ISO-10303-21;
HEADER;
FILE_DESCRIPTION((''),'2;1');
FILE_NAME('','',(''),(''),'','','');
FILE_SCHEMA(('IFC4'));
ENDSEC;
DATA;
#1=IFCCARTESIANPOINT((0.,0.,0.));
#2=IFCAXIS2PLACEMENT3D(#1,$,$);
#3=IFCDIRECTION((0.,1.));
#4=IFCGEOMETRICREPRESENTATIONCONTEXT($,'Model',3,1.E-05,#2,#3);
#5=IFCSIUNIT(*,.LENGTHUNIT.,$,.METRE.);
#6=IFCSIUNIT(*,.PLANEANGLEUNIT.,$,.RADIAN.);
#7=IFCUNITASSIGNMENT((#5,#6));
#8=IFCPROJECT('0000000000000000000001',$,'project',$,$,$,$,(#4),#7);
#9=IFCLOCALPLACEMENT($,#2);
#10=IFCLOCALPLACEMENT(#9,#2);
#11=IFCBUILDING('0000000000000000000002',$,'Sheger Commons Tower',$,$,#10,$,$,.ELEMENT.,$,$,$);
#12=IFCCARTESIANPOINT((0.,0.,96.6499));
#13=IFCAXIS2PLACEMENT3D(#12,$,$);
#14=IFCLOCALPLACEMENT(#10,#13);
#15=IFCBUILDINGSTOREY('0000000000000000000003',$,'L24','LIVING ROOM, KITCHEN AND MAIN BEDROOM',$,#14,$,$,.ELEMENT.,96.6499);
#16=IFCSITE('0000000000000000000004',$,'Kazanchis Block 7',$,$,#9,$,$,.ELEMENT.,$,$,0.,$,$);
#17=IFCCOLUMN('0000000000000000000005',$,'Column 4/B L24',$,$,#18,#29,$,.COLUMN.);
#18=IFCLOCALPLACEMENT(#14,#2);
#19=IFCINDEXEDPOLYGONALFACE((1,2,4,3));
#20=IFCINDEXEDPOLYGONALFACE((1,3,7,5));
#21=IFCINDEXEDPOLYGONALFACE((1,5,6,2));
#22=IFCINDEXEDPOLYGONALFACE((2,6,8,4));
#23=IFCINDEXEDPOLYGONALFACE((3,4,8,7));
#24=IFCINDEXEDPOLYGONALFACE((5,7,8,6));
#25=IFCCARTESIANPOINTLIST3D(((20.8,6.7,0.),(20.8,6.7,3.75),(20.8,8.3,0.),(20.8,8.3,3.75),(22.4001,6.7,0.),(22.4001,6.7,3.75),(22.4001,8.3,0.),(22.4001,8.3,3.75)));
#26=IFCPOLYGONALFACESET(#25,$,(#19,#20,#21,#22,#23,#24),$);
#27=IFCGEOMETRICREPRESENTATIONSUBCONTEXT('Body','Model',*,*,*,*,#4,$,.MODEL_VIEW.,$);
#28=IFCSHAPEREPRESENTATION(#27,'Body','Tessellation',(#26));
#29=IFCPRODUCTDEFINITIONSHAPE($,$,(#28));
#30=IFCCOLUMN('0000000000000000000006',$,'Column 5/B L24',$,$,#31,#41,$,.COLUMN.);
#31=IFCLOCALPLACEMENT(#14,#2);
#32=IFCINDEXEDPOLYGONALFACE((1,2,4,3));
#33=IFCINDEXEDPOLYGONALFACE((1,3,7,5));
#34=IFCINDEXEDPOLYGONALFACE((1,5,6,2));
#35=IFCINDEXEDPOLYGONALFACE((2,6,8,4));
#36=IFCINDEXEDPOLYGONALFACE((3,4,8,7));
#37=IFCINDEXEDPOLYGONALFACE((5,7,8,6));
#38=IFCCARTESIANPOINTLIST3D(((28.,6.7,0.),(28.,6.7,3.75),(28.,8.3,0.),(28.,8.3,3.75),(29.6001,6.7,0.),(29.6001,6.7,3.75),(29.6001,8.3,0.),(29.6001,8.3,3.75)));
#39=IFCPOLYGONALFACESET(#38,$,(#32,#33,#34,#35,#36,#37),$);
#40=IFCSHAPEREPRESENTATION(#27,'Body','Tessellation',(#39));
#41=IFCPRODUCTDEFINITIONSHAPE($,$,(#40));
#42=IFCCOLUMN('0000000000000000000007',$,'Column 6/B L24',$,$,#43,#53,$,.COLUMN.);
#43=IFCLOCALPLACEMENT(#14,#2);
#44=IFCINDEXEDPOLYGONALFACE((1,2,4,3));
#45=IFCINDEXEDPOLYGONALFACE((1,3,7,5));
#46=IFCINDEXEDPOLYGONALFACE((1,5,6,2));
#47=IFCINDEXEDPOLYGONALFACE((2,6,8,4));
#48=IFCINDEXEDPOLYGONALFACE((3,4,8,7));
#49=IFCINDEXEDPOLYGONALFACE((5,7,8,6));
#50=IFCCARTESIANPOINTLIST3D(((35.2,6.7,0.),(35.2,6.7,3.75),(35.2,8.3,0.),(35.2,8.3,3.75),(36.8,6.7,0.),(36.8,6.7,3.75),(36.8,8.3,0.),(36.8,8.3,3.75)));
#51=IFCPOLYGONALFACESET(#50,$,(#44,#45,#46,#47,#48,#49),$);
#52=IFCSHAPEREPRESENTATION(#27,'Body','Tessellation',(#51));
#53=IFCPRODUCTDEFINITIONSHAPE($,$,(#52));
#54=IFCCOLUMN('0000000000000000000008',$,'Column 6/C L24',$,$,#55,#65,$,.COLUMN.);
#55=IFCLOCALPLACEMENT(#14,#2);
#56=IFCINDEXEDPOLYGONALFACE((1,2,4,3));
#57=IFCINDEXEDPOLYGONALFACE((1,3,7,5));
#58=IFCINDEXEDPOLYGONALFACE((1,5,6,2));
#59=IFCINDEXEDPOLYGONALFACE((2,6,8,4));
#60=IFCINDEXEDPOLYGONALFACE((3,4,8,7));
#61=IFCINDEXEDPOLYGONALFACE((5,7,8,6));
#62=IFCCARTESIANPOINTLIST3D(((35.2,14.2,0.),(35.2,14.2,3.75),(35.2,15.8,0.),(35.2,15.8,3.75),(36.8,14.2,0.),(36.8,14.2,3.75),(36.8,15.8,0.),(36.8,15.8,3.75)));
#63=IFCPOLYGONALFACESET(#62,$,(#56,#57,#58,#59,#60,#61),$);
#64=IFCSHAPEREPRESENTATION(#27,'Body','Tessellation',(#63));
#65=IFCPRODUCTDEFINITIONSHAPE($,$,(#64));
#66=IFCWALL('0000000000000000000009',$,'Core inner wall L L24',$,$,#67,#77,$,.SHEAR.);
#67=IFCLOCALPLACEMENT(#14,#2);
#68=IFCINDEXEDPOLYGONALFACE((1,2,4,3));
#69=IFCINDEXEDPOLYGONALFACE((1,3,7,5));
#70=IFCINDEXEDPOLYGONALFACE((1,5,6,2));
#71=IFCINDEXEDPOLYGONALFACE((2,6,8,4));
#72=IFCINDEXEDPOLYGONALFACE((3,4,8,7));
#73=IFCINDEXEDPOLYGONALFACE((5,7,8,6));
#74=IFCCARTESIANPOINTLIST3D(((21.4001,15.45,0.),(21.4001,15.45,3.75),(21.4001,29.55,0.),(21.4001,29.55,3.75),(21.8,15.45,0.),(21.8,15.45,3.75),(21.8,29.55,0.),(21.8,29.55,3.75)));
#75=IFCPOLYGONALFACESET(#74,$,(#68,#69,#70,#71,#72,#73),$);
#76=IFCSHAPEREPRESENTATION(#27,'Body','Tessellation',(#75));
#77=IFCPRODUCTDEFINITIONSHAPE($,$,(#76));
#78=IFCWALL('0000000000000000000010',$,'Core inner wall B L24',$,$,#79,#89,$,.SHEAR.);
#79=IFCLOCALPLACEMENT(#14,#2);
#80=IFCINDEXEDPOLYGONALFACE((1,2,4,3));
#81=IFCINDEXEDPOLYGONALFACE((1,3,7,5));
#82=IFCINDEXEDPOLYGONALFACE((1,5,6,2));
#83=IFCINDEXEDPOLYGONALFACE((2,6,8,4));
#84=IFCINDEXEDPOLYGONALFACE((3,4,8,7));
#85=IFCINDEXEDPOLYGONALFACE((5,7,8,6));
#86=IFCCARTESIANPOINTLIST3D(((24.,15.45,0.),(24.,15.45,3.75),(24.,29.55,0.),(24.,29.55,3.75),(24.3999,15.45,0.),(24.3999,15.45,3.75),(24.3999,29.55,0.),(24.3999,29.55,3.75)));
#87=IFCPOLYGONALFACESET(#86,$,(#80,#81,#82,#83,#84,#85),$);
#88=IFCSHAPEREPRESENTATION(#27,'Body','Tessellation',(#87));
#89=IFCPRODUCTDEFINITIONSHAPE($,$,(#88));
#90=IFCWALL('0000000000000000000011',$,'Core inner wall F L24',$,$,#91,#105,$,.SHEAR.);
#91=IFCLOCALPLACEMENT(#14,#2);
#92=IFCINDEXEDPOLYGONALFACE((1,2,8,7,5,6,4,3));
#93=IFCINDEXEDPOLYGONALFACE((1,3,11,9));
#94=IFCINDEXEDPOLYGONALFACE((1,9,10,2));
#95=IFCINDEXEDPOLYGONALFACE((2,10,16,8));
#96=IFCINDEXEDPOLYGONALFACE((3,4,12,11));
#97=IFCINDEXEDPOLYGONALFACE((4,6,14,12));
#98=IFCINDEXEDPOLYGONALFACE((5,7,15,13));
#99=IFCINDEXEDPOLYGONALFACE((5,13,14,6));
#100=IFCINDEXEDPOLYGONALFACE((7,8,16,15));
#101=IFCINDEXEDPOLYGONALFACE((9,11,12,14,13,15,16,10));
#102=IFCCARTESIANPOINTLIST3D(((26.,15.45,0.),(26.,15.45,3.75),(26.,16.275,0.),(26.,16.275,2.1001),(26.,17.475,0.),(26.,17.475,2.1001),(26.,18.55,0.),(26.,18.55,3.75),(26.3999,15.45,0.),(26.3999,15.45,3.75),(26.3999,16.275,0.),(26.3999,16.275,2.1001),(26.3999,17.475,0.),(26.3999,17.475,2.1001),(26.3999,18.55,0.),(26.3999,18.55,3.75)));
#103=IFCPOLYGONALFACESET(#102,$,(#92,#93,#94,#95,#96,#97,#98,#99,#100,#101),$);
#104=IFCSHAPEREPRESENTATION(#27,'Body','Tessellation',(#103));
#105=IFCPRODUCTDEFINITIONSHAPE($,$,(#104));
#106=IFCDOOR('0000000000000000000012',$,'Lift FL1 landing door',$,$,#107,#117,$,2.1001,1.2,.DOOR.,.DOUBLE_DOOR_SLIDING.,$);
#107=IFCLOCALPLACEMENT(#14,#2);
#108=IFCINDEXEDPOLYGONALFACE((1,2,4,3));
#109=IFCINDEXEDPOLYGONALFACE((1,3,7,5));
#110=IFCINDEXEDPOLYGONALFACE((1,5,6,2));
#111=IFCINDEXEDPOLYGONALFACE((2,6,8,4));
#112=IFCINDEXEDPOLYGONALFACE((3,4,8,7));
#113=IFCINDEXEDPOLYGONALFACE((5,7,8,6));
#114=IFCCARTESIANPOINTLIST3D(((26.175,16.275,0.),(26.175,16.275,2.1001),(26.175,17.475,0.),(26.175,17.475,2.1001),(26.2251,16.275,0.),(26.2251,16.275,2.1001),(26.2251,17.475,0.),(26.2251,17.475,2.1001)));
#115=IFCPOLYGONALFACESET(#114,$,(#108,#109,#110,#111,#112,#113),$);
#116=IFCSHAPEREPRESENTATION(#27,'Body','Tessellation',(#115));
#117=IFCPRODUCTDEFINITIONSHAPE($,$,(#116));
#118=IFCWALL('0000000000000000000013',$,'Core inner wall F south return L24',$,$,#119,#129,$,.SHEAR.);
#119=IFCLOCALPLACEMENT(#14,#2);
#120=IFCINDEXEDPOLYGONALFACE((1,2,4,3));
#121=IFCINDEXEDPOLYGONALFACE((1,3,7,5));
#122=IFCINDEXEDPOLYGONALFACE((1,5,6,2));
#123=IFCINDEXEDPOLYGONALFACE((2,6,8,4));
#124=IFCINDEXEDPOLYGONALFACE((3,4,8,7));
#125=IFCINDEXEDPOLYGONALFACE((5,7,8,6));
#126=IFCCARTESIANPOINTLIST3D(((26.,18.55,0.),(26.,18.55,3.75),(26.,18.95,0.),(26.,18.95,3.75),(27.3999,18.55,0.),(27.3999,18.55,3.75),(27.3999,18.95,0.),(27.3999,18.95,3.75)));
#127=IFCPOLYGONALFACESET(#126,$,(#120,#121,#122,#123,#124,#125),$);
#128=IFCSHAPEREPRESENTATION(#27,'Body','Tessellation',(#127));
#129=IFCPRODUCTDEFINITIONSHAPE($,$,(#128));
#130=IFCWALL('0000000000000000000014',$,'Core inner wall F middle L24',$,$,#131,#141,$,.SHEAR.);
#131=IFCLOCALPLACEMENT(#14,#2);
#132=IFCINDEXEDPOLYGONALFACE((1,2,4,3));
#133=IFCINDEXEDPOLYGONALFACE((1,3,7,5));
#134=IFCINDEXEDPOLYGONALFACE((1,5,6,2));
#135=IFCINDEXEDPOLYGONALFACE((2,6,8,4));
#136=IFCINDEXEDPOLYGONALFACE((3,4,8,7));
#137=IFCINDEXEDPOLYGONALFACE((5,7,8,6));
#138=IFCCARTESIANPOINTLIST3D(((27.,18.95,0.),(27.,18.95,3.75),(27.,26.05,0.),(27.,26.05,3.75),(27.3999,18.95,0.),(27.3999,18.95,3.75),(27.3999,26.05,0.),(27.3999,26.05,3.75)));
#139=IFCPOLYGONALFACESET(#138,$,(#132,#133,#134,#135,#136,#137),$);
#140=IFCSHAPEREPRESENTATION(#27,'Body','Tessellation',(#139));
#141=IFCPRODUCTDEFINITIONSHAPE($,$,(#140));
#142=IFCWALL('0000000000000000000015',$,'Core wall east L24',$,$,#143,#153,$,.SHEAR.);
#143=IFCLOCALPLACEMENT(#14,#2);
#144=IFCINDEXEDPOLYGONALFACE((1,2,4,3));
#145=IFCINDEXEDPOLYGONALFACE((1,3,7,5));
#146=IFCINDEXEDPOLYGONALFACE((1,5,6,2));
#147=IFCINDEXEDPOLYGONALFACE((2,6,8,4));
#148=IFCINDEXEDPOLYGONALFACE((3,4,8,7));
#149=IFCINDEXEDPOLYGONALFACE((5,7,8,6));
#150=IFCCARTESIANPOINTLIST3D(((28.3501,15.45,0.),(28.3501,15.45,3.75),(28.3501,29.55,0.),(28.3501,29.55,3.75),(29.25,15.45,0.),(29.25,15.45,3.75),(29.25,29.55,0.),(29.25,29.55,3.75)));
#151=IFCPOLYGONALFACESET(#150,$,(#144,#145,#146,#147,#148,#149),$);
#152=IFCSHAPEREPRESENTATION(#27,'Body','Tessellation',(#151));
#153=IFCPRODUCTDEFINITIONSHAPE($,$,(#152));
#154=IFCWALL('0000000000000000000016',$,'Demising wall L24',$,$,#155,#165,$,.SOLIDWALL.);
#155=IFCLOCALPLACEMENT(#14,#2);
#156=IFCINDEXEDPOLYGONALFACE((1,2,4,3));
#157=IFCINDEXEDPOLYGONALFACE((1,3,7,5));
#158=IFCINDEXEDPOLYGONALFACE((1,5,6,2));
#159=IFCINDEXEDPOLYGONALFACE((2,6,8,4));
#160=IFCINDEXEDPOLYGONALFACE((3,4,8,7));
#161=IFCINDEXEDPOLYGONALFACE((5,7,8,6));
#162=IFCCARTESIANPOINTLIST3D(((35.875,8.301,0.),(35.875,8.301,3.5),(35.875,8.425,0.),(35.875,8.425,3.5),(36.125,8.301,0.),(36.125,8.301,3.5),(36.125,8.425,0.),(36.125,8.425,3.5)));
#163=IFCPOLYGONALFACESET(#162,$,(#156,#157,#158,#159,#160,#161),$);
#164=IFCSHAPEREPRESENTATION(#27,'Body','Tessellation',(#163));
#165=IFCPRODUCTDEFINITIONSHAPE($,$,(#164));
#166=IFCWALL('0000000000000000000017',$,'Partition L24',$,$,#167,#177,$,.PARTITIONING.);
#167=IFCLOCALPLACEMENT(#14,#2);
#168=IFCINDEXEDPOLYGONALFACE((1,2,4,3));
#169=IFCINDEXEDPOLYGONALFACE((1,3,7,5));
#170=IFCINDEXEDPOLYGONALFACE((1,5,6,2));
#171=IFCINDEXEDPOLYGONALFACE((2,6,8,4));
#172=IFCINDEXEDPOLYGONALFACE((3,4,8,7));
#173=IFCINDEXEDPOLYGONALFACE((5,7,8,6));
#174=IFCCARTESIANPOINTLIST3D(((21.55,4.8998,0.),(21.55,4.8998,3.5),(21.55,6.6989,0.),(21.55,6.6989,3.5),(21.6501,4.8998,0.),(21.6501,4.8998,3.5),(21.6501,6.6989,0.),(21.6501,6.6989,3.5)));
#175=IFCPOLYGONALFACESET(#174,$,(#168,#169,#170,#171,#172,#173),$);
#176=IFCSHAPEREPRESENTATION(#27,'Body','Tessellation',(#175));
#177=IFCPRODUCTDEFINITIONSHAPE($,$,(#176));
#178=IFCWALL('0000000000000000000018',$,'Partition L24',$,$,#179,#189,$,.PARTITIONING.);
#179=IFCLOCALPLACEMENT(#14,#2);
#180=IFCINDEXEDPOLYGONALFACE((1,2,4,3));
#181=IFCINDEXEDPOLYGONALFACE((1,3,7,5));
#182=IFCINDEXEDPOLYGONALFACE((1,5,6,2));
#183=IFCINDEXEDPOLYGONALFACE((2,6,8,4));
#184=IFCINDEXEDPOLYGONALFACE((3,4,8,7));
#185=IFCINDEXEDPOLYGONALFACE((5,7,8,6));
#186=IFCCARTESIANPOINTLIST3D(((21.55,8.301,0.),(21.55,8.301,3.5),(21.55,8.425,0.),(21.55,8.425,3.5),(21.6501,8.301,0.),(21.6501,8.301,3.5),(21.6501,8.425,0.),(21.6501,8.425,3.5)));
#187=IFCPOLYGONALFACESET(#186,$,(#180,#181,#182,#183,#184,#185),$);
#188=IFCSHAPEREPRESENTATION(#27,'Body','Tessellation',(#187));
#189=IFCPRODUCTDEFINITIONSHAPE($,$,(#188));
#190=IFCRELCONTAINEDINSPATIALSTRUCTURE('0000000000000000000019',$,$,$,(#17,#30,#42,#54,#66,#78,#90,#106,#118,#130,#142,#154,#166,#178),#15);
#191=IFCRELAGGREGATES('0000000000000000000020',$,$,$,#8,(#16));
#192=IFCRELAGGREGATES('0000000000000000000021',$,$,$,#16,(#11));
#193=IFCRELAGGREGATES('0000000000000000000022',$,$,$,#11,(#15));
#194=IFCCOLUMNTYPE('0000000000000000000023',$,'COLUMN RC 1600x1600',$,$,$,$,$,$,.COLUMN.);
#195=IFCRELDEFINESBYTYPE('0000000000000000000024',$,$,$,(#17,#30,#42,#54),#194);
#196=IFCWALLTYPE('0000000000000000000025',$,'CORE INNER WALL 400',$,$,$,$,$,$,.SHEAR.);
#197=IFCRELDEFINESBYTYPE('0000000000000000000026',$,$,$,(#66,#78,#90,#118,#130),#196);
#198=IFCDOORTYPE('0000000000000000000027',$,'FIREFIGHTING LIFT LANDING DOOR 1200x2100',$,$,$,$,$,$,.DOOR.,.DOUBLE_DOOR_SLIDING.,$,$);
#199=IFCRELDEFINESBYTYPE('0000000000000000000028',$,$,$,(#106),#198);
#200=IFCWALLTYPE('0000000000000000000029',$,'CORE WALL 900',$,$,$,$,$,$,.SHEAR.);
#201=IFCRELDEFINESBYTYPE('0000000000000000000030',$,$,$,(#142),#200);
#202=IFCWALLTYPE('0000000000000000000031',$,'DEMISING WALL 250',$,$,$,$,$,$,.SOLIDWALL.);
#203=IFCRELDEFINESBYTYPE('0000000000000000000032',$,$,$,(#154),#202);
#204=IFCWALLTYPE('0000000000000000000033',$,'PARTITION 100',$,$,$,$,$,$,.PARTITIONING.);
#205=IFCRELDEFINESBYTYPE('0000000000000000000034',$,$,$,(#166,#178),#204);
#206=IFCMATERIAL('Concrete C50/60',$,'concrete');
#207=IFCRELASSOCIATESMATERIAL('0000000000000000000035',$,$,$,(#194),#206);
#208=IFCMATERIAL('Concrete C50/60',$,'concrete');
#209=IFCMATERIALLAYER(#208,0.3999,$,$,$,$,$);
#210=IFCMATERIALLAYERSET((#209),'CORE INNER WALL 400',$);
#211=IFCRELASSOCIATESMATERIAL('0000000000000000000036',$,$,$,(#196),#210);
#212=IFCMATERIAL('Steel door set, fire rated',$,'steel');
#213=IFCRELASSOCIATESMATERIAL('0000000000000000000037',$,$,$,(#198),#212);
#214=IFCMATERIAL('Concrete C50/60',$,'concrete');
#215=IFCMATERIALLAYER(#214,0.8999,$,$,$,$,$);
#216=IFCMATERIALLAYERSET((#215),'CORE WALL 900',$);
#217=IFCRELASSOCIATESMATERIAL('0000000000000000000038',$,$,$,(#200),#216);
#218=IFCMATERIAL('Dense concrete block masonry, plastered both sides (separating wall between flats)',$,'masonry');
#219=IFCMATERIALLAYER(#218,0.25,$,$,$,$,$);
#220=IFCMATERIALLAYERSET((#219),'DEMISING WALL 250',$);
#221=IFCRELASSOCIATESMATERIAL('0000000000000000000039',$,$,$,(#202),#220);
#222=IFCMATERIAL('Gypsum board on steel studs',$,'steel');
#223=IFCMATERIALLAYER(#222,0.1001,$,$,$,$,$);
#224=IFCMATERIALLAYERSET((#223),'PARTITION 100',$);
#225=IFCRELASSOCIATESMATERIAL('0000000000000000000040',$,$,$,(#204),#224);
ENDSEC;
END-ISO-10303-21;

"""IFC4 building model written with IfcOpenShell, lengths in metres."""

from ifc_helpers import new_model, si_unit, direction, frame, frame_2d, origin, origin_2d, place, context, subcontext, project, spatial, rectangle, extrude, material, layer, layer_set, material_profile, profile_set, type_object, element, fill, save


model = new_model("IFC4")

# Units and contexts
model_context = context("Model", 3, precision=1e-05, world=origin(), true_north=direction((0.0, 1.0)))
body_context = subcontext(model_context, "Body", "Model", "MODEL_VIEW")
ifc_project = project(units=[si_unit("LENGTHUNIT", "METRE"), si_unit("PLANEANGLEUNIT", "RADIAN")], contexts=[model_context])

# Site, building, storey
site_placement = place(None, origin())
site = spatial("IfcSite", under=ifc_project, at=site_placement, Name="Kazanchis Block 7", CompositionType="ELEMENT", RefElevation=0.0)
building_placement = place(site_placement, origin())
building = spatial("IfcBuilding", under=site, at=building_placement, Name="Sheger Commons Tower", CompositionType="ELEMENT")
storey_placement = place(building_placement, frame((0.0, 0.0, 96.6499)))
storey = spatial("IfcBuildingStorey", under=building, at=storey_placement, Name="L24", Description="LIVING ROOM, KITCHEN AND MAIN BEDROOM", CompositionType="ELEMENT", Elevation=96.6499)

# Columns
ifc_material_1 = material(Name="Concrete C50/60", Category="concrete")
ifc_material_profile = material_profile(ifc_material_1, rectangle(XDim=1.6001, YDim=1.6001, at=origin_2d()), Name="RC 1600x1600")
ifc_profile_set = profile_set([ifc_material_profile], Name="Concrete C50/60")
column_type = type_object("IfcColumnType", Name="COLUMN RC 1600x1600", PredefinedType="COLUMN", material=ifc_profile_set)
for number, where, z_axis, x_axis, name in (
    (1, (21.6001, 7.5, 0.0), (0.0, 0.0, 1.0), (1.0, 0.0, 0.0), "Column 4/B L24"),
    (2, (28.8, 7.5, 0.0), (0.0, 0.0, 1.0), (1.0, 0.0, 0.0), "Column 5/B L24"),
    (3, (36.0, 7.5, 0.0), (0.0, 0.0, 1.0), (1.0, 0.0, 0.0), "Column 6/B L24"),
    (4, (36.0, 15.0, 0.0), (0.0, 0.0, 1.0), (1.0, 0.0, 0.0), "Column 6/C L24"),
):
    element("IfcColumn", number, at=place(storey_placement, frame(where, z_axis=z_axis, x_axis=x_axis)), inside=storey, type_object=column_type, Name=name, PredefinedType="COLUMN", context=body_context, shape_type="SweptSolid", body=[
        extrude(rectangle(XDim=1.6001, YDim=1.6001, at=origin_2d()), origin(), (0.0, 0.0, 1.0), 3.75),
    ])

# Walls
ifc_material_2 = material(Name="Concrete C50/60", Category="concrete")
ifc_layer_1 = layer(ifc_material_2, 0.3999)
ifc_layer_set_1 = layer_set([ifc_layer_1], Name="CORE INNER WALL 400")
wall_type_1 = type_object("IfcWallType", Name="CORE INNER WALL 400", PredefinedType="SHEAR", material=ifc_layer_set_1)
for number, where, z_axis, x_axis, name in (
    (5, (21.6001, 15.45, 0.0), (0.0, 0.0, 1.0), (0.0, 1.0, 0.0), "Core inner wall L L24"),
    (6, (24.2, 15.45, 0.0), (0.0, 0.0, 1.0), (0.0, 1.0, 0.0), "Core inner wall B L24"),
):
    element("IfcWall", number, at=place(storey_placement, frame(where, z_axis=z_axis, x_axis=x_axis)), inside=storey, type_object=wall_type_1, Name=name, PredefinedType="SHEAR", context=body_context, shape_type="SweptSolid", body=[
        extrude(rectangle(XDim=14.1001, YDim=0.3999, at=frame_2d((7.05, 0.0))), origin(), (0.0, 0.0, 1.0), 3.75),
    ])

# Wall, opening, door
wall_1_placement = place(storey_placement, frame((26.2, 15.45, 0.0), z_axis=(0.0, 0.0, 1.0), x_axis=(0.0, 1.0, 0.0)))
wall_1 = element("IfcWall", 7, at=wall_1_placement, inside=storey, type_object=wall_type_1, Name="Core inner wall F L24", PredefinedType="SHEAR", context=body_context, shape_type="SweptSolid", body=[
    extrude(rectangle(XDim=3.1001, YDim=0.3999, at=frame_2d((1.55, 0.0))), origin(), (0.0, 0.0, 1.0), 3.75),
])
opening_placement = place(wall_1_placement, frame((0.825, 0.0, 0.0)))
opening = element("IfcOpeningElement", 8, at=opening_placement, cuts=wall_1, PredefinedType="OPENING", context=body_context, shape_type="SweptSolid", body=[
    extrude(rectangle(XDim=1.2, YDim=2.1001, at=frame_2d((0.6001, 1.05))), frame((0.0, 0.21, 0.0), z_axis=(0.0, -1.0, 0.0), x_axis=(1.0, 0.0, 0.0)), (0.0, 0.0, 1.0), 0.4199),
])
ifc_material_3 = material(Name="Steel door set, fire rated", Category="steel")
door_type = type_object("IfcDoorType", Name="FIREFIGHTING LIFT LANDING DOOR 1200x2100", OperationType="DOUBLE_DOOR_SLIDING", PredefinedType="DOOR", material=ifc_material_3)
door_placement = place(opening_placement, origin())
door = element("IfcDoor", 9, at=door_placement, inside=storey, type_object=door_type, Name="Lift FL1 landing door", OperationType="DOUBLE_DOOR_SLIDING", OverallHeight=2.1001, OverallWidth=1.2, PredefinedType="DOOR", context=body_context, shape_type="SweptSolid", body=[
    extrude(rectangle(XDim=1.2, YDim=2.1001, at=frame_2d((0.6001, 1.05))), frame((0.0, 0.0249, 0.0), z_axis=(0.0, -1.0, 0.0), x_axis=(1.0, 0.0, 0.0)), (0.0, 0.0, 1.0), 0.05),
])
fill(opening, door)

# Walls
wall_2_placement = place(storey_placement, frame((26.0, 18.75, 0.0), z_axis=(0.0, 0.0, 1.0), x_axis=(1.0, 0.0, 0.0)))
element("IfcWall", 10, at=wall_2_placement, inside=storey, type_object=wall_type_1, Name="Core inner wall F south return L24", PredefinedType="SHEAR", context=body_context, shape_type="SweptSolid", body=[
    extrude(rectangle(XDim=1.3999, YDim=0.3999, at=frame_2d((0.7, 0.0))), origin(), (0.0, 0.0, 1.0), 3.75),
])
wall_3_placement = place(storey_placement, frame((27.2, 18.95, 0.0), z_axis=(0.0, 0.0, 1.0), x_axis=(0.0, 1.0, 0.0)))
element("IfcWall", 11, at=wall_3_placement, inside=storey, type_object=wall_type_1, Name="Core inner wall F middle L24", PredefinedType="SHEAR", context=body_context, shape_type="SweptSolid", body=[
    extrude(rectangle(XDim=7.1001, YDim=0.3999, at=frame_2d((3.55, 0.0))), origin(), (0.0, 0.0, 1.0), 3.75),
])
ifc_material_4 = material(Name="Concrete C50/60", Category="concrete")
ifc_layer_2 = layer(ifc_material_4, 0.8999)
ifc_layer_set_2 = layer_set([ifc_layer_2], Name="CORE WALL 900")
wall_type_2 = type_object("IfcWallType", Name="CORE WALL 900", PredefinedType="SHEAR", material=ifc_layer_set_2)
wall_4_placement = place(storey_placement, frame((28.8, 15.45, 0.0), z_axis=(0.0, 0.0, 1.0), x_axis=(0.0, 1.0, 0.0)))
element("IfcWall", 12, at=wall_4_placement, inside=storey, type_object=wall_type_2, Name="Core wall east L24", PredefinedType="SHEAR", context=body_context, shape_type="SweptSolid", body=[
    extrude(rectangle(XDim=14.1001, YDim=0.8999, at=frame_2d((7.05, 0.0))), origin(), (0.0, 0.0, 1.0), 3.75),
])
ifc_material_5 = material(Name="Dense concrete block masonry, plastered both sides (separating wall between flats)", Category="masonry")
ifc_layer_3 = layer(ifc_material_5, 0.25)
ifc_layer_set_3 = layer_set([ifc_layer_3], Name="DEMISING WALL 250")
wall_type_3 = type_object("IfcWallType", Name="DEMISING WALL 250", PredefinedType="SOLIDWALL", material=ifc_layer_set_3)
wall_5_placement = place(storey_placement, frame((36.0, 8.301, 0.0), z_axis=(0.0, 0.0, 1.0), x_axis=(0.0, 1.0, 0.0)))
element("IfcWall", 13, at=wall_5_placement, inside=storey, type_object=wall_type_3, Name="Demising wall L24", PredefinedType="SOLIDWALL", context=body_context, shape_type="SweptSolid", body=[
    extrude(rectangle(XDim=0.124, YDim=0.25, at=frame_2d((0.062, 0.0))), origin(), (0.0, 0.0, 1.0), 3.5),
])
ifc_material_6 = material(Name="Gypsum board on steel studs", Category="steel")
ifc_layer_4 = layer(ifc_material_6, 0.1001)
ifc_layer_set_4 = layer_set([ifc_layer_4], Name="PARTITION 100")
wall_type_4 = type_object("IfcWallType", Name="PARTITION 100", PredefinedType="PARTITIONING", material=ifc_layer_set_4)
wall_6_placement = place(storey_placement, frame((21.6001, 4.8999, 0.0), z_axis=(0.0, 0.0, 1.0), x_axis=(0.0, 1.0, 0.0)))
element("IfcWall", 14, at=wall_6_placement, inside=storey, type_object=wall_type_4, Name="Partition L24", PredefinedType="PARTITIONING", context=body_context, shape_type="SweptSolid", body=[
    extrude(rectangle(XDim=1.7991, YDim=0.1001, at=frame_2d((0.8994, 0.0))), origin(), (0.0, 0.0, 1.0), 3.5),
])
wall_7_placement = place(storey_placement, frame((21.6001, 8.301, 0.0), z_axis=(0.0, 0.0, 1.0), x_axis=(0.0, 1.0, 0.0)))
element("IfcWall", 15, at=wall_7_placement, inside=storey, type_object=wall_type_4, Name="Partition L24", PredefinedType="PARTITIONING", context=body_context, shape_type="SweptSolid", body=[
    extrude(rectangle(XDim=0.124, YDim=0.1001, at=frame_2d((0.062, 0.0))), origin(), (0.0, 0.0, 1.0), 3.5),
])

save(model, "model.ifc")
